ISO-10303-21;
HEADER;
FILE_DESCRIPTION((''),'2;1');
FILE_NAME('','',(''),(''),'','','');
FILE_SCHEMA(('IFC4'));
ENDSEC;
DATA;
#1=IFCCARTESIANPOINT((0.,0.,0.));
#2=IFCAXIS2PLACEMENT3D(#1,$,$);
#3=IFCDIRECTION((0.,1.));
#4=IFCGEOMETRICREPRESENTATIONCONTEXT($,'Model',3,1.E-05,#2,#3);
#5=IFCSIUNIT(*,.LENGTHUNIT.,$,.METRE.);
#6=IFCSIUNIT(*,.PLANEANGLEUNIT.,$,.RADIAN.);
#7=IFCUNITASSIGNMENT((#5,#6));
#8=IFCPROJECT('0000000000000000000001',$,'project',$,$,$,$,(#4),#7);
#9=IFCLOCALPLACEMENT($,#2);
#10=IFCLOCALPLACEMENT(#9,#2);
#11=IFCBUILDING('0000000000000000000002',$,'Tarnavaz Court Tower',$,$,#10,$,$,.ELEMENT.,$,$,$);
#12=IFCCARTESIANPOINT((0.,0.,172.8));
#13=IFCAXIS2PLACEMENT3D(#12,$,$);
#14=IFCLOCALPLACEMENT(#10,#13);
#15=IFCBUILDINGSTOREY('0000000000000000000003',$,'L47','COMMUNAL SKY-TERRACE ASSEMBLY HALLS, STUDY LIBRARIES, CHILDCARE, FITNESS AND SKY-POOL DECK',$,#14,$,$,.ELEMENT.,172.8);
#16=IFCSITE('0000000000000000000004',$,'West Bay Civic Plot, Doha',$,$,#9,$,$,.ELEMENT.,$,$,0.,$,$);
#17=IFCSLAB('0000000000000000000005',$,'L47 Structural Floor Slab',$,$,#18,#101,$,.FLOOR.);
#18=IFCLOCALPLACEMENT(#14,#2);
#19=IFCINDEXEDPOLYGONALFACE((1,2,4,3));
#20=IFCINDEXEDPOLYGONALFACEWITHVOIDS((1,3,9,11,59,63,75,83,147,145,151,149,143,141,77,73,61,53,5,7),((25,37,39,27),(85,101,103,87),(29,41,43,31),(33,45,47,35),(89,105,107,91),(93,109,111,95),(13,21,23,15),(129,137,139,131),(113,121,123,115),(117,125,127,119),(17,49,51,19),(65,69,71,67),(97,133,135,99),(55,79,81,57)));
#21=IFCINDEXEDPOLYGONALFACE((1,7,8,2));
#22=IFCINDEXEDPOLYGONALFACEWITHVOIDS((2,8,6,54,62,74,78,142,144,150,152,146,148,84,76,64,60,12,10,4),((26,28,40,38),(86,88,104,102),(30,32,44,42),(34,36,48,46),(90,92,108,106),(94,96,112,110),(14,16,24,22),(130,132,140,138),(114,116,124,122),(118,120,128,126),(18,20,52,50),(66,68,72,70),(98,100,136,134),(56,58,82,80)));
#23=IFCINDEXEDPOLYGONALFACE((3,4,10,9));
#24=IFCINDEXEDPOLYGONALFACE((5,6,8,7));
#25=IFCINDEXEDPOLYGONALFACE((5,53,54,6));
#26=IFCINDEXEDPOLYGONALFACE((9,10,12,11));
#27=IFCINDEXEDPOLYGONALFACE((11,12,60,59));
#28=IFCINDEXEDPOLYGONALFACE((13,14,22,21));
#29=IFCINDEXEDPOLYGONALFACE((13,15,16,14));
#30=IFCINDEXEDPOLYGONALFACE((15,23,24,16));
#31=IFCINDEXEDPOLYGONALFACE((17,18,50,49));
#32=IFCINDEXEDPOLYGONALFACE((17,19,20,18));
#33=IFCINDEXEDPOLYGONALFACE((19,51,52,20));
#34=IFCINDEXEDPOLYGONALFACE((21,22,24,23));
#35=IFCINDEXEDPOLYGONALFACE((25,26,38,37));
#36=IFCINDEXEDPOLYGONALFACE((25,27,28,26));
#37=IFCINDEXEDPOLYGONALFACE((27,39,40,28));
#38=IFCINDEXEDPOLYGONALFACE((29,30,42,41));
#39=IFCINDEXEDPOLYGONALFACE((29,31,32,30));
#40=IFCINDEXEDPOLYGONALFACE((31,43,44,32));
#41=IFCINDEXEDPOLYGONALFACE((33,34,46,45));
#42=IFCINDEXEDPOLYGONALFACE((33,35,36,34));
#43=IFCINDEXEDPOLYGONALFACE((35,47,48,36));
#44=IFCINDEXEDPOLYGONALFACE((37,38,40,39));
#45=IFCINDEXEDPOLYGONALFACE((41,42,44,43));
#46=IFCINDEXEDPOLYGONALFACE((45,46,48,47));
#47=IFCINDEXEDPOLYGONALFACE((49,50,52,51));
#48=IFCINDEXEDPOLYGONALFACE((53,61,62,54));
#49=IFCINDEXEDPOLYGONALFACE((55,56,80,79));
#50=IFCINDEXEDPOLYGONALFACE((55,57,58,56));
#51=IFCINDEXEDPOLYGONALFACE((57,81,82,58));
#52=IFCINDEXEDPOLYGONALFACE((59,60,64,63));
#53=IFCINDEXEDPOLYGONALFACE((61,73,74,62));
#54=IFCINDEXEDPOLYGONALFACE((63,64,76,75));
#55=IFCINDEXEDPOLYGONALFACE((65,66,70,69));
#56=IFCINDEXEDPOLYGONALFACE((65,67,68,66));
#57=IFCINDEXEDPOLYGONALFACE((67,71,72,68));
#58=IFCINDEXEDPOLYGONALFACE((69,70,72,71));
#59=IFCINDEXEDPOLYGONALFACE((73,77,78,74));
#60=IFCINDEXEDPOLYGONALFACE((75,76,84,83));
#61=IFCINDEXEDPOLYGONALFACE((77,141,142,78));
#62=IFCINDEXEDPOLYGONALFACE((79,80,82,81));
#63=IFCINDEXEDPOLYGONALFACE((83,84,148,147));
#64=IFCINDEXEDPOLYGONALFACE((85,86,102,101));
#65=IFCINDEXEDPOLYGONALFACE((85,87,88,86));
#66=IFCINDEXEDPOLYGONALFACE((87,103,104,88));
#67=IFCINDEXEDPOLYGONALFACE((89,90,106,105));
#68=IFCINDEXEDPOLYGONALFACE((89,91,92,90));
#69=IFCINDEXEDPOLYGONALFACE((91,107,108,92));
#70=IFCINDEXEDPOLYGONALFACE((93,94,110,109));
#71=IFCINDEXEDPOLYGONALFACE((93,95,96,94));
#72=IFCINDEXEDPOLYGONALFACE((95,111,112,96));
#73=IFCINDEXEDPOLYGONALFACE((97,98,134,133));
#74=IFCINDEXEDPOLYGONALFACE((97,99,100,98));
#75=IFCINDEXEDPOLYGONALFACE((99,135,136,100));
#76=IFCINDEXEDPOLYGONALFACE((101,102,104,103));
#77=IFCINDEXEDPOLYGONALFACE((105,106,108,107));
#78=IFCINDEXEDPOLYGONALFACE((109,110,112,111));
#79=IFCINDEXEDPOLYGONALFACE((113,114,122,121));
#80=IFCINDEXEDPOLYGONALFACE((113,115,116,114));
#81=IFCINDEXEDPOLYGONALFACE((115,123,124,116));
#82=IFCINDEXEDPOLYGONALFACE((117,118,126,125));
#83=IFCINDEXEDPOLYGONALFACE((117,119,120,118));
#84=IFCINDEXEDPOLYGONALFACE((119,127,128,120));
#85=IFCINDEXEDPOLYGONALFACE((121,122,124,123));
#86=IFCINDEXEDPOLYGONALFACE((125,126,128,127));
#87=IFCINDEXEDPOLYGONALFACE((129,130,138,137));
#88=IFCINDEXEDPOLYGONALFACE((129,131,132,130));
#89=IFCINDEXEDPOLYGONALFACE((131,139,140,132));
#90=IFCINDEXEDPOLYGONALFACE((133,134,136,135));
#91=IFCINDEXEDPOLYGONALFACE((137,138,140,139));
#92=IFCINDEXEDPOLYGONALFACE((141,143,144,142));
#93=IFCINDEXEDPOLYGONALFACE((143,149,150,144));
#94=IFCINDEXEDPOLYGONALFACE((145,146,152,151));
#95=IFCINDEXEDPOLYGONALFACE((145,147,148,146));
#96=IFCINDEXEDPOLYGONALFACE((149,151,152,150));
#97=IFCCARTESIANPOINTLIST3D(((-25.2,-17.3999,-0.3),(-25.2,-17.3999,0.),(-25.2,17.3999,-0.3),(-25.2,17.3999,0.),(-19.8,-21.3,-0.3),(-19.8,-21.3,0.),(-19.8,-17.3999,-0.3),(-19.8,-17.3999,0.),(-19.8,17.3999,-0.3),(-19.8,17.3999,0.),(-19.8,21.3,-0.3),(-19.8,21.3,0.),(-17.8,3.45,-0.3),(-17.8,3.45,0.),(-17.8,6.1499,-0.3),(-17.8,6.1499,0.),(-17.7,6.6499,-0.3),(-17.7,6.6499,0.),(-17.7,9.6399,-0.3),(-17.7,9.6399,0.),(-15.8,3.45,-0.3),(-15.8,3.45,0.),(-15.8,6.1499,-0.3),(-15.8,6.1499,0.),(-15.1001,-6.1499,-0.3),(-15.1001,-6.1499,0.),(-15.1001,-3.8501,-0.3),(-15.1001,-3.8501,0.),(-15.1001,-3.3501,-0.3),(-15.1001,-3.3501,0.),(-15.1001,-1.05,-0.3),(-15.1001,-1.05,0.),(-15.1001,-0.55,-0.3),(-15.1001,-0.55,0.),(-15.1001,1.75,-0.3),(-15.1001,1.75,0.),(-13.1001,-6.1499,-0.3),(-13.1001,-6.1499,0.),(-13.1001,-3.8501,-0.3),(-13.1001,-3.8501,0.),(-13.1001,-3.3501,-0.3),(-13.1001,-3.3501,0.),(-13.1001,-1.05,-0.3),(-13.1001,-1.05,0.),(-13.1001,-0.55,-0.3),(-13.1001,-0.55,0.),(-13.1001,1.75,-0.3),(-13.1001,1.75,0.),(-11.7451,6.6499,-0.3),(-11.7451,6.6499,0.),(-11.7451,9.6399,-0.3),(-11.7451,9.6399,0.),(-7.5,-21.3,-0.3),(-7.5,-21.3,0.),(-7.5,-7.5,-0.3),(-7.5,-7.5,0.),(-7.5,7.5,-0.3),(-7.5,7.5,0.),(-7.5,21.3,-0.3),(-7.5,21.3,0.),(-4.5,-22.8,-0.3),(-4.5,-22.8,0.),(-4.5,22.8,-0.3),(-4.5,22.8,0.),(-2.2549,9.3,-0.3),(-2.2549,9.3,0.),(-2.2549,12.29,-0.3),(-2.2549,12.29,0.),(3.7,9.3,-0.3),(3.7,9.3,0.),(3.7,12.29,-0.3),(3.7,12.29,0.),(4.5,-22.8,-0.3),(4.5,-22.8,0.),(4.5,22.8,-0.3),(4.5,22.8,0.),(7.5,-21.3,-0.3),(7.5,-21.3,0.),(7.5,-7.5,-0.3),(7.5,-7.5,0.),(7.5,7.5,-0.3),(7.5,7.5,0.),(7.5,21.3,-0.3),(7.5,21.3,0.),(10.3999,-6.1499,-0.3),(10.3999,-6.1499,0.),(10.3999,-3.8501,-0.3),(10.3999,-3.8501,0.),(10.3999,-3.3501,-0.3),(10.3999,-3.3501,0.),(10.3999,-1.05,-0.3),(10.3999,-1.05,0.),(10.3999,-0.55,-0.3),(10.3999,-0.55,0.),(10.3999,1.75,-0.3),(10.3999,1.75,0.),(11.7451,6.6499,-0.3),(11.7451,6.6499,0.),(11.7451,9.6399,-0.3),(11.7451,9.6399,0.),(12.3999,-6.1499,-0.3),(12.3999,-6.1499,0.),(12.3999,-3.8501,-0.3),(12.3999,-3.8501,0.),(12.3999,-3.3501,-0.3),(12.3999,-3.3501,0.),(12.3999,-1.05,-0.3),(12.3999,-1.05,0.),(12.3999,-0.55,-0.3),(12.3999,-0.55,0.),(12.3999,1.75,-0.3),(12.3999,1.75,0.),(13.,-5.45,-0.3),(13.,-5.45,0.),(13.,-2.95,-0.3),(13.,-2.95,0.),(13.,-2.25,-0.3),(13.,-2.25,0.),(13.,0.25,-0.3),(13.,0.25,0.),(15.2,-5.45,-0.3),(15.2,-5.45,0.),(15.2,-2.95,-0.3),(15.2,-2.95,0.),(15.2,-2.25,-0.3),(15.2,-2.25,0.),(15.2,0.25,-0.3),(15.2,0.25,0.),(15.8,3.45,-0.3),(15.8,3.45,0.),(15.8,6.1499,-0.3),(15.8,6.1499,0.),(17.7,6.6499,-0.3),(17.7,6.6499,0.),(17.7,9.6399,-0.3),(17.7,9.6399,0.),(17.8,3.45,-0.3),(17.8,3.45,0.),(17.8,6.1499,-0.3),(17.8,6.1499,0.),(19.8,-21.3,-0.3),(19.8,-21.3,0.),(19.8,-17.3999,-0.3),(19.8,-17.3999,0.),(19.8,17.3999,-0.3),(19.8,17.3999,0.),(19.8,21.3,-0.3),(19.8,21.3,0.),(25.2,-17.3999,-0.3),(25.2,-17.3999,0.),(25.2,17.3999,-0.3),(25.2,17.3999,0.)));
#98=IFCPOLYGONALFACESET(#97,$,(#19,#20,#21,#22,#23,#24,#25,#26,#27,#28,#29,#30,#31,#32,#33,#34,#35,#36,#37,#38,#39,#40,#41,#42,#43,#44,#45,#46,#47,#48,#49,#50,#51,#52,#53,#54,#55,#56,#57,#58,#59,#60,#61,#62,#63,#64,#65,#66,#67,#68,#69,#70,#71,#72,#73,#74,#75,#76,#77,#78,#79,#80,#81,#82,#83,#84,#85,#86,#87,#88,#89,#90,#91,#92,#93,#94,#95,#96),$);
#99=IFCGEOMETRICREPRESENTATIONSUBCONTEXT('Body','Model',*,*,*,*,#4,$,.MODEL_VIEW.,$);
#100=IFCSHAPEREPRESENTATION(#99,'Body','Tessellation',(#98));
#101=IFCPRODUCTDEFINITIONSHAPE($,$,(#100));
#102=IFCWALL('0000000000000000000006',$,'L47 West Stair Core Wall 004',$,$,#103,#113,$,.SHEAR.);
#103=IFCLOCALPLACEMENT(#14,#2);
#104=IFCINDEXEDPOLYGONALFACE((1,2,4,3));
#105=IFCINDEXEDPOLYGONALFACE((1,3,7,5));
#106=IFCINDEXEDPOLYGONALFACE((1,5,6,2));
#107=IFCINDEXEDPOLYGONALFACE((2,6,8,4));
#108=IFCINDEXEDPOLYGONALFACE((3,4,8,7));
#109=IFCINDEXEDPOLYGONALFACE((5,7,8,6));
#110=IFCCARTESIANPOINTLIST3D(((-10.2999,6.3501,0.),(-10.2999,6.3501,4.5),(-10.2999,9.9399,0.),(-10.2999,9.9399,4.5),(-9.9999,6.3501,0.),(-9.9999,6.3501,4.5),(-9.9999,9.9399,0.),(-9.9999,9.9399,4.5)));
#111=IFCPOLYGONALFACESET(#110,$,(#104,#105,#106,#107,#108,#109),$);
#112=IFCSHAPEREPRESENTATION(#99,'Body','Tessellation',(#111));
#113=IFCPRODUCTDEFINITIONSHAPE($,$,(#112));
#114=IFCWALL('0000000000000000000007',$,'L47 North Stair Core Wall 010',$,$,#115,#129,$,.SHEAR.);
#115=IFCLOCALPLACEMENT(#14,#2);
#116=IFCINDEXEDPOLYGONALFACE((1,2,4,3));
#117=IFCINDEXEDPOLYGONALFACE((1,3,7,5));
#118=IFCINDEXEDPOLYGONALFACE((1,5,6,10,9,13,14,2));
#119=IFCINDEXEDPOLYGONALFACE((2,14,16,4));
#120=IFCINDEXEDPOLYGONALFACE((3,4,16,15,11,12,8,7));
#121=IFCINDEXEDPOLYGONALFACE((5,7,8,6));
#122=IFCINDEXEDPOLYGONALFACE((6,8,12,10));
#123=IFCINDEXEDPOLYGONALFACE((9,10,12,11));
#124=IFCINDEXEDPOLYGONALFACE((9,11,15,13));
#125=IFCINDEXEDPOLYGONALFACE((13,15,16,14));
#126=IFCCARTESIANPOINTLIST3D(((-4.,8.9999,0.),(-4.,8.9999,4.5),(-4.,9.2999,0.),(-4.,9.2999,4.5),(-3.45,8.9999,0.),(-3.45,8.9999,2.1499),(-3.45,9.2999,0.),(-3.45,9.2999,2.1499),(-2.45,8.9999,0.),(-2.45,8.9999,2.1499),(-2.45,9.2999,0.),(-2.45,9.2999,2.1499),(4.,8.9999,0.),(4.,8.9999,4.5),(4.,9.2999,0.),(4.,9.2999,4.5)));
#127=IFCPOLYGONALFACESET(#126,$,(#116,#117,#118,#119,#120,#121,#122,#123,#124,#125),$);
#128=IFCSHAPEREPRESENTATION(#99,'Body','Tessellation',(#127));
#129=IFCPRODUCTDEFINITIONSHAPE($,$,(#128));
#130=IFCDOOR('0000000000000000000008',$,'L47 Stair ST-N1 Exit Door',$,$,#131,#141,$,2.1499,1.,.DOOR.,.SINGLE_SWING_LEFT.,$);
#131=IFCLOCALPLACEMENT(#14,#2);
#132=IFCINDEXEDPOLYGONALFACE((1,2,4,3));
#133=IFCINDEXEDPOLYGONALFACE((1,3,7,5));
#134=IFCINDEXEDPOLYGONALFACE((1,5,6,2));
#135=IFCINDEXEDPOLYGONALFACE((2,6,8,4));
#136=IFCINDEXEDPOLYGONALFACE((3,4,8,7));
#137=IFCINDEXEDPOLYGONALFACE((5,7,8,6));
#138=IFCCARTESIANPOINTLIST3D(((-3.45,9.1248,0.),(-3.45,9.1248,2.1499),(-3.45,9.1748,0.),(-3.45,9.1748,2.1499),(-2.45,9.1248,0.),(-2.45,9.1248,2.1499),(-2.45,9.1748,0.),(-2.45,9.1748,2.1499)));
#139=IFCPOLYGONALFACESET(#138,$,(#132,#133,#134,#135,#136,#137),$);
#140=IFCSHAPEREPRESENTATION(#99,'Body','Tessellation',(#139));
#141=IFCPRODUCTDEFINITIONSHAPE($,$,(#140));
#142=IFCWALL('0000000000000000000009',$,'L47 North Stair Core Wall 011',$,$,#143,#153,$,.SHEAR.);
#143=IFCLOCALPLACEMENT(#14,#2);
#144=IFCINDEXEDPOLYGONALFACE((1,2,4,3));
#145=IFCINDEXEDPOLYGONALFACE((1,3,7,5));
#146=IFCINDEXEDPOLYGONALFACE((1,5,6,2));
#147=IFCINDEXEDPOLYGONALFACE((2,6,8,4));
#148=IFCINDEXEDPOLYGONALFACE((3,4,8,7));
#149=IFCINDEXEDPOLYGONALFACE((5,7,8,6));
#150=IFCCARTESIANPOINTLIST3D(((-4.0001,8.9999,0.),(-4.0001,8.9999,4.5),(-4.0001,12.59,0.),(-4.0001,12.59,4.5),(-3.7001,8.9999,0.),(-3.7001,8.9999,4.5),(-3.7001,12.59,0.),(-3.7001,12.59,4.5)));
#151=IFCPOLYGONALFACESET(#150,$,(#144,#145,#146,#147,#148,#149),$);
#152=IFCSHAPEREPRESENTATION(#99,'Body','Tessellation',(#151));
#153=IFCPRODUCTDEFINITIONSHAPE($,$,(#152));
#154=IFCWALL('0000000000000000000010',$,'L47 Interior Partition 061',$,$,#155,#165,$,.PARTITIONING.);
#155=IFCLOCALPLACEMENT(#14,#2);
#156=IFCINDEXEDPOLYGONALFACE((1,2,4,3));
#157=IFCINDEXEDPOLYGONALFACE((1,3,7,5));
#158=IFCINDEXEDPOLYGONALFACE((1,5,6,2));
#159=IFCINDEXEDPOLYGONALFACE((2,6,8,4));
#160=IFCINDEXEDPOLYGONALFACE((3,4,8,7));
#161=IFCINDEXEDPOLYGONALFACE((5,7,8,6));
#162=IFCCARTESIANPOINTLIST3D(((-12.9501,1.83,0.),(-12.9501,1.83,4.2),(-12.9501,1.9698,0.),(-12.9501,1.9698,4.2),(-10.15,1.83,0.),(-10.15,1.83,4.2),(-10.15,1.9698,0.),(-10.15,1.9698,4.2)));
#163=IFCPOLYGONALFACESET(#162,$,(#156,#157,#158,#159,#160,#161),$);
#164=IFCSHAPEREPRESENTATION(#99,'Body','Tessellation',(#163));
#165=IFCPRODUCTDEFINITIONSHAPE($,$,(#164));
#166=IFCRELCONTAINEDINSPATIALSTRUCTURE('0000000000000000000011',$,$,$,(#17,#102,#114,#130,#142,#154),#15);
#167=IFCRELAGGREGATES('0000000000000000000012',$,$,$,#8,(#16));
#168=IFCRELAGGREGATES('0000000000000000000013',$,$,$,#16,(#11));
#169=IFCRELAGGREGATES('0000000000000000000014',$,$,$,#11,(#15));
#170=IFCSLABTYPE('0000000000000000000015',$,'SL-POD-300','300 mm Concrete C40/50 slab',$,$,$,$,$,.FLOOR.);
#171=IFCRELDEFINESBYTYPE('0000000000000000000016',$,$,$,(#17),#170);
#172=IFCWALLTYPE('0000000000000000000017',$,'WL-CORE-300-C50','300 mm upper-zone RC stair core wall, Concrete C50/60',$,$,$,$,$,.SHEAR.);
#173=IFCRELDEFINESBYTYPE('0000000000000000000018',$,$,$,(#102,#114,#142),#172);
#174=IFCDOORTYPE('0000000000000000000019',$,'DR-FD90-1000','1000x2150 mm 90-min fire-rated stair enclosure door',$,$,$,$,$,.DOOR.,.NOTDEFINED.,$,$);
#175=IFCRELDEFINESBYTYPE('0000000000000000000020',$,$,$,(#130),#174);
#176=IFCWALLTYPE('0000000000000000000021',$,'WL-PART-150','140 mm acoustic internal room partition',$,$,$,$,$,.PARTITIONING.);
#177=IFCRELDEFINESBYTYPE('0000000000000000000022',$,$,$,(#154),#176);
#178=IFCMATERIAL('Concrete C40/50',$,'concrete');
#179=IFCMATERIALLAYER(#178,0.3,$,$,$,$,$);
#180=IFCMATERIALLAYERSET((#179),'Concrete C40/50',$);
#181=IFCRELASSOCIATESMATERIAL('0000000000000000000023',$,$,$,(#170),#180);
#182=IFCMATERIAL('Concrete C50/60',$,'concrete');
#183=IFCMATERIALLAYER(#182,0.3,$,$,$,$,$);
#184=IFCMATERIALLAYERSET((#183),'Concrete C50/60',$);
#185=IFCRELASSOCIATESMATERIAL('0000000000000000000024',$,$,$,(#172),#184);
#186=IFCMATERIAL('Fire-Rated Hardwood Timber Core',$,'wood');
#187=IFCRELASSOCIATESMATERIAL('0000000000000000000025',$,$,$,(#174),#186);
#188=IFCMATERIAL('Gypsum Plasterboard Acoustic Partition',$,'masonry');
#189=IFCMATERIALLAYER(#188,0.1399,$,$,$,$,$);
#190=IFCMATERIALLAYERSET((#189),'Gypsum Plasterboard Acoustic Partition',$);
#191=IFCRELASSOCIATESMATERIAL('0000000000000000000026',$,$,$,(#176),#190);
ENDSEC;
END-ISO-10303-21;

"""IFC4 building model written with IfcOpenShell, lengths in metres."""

from ifc_helpers import new_model, si_unit, direction, frame, frame_2d, origin, place, context, subcontext, project, spatial, polyline, rectangle, outline, extrude, material, layer, layer_set, type_object, element, fill, save


model = new_model("IFC4")

# Units and contexts
model_context = context("Model", 3, precision=1e-05, world=origin(), true_north=direction((0.0, 1.0)))
body_context = subcontext(model_context, "Body", "Model", "MODEL_VIEW")
ifc_project = project(units=[si_unit("LENGTHUNIT", "METRE"), si_unit("PLANEANGLEUNIT", "RADIAN")], contexts=[model_context])

# Site, building, storey
site_placement = place(None, origin())
site = spatial("IfcSite", under=ifc_project, at=site_placement, Name="West Bay Civic Plot, Doha", CompositionType="ELEMENT", RefElevation=0.0)
building_placement = place(site_placement, origin())
building = spatial("IfcBuilding", under=site, at=building_placement, Name="Tarnavaz Court Tower", CompositionType="ELEMENT")
storey_placement = place(building_placement, frame((0.0, 0.0, 172.8)))
storey = spatial("IfcBuildingStorey", under=building, at=storey_placement, Name="L47", Description="COMMUNAL SKY-TERRACE ASSEMBLY HALLS, STUDY LIBRARIES, CHILDCARE, FITNESS AND SKY-POOL DECK", CompositionType="ELEMENT", Elevation=172.8)

# Slab
ifc_material_1 = material(Name="Concrete C40/50", Category="concrete")
ifc_layer_1 = layer(ifc_material_1, 0.3)
ifc_layer_set_1 = layer_set([ifc_layer_1], Name="Concrete C40/50")
slab_type = type_object("IfcSlabType", Name="SL-POD-300", Description="300 mm Concrete C40/50 slab", PredefinedType="FLOOR", material=ifc_layer_set_1)
slab_placement = place(storey_placement, frame((0.0, 0.0, -0.3)))
element("IfcSlab", 1, at=slab_placement, inside=storey, type_object=slab_type, Name="L47 Structural Floor Slab", PredefinedType="FLOOR", context=body_context, shape_type="SweptSolid", body=[
    extrude(outline(polyline([(-19.8, -21.3), (-7.5, -21.3), (-4.5, -22.8), (4.5, -22.8), (7.5, -21.3), (19.8, -21.3), (19.8, -17.3999), (25.2, -17.3999), (25.2, 17.3999), (19.8, 17.3999), (19.8, 21.3), (7.5, 21.3), (4.5, 22.8), (-4.5, 22.8), (-7.5, 21.3), (-19.8, 21.3), (-19.8, 17.3999), (-25.2, 17.3999), (-25.2, -17.3999), (-19.8, -17.3999), (-19.8, -21.3)]), holes=[polyline([(-7.5, -7.5), (7.5, -7.5), (7.5, 7.5), (-7.5, 7.5), (-7.5, -7.5)]), polyline([(-11.7451, 9.6399), (-17.7, 9.6399), (-17.7, 6.6499), (-11.7451, 6.6499), (-11.7451, 9.6399)]), polyline([(11.7451, 6.6499), (17.7, 6.6499), (17.7, 9.6399), (11.7451, 9.6399), (11.7451, 6.6499)]), polyline([(-2.2549, 9.3), (3.7, 9.3), (3.7, 12.29), (-2.2549, 12.29), (-2.2549, 9.3)]), polyline([(-17.8, 3.45), (-15.8, 3.45), (-15.8, 6.1499), (-17.8, 6.1499), (-17.8, 3.45)]), polyline([(-15.1001, -6.1499), (-13.1001, -6.1499), (-13.1001, -3.8501), (-15.1001, -3.8501), (-15.1001, -6.1499)]), polyline([(-15.1001, -3.3501), (-13.1001, -3.3501), (-13.1001, -1.05), (-15.1001, -1.05), (-15.1001, -3.3501)]), polyline([(-15.1001, -0.55), (-13.1001, -0.55), (-13.1001, 1.75), (-15.1001, 1.75), (-15.1001, -0.55)]), polyline([(15.8, 3.45), (17.8, 3.45), (17.8, 6.1499), (15.8, 6.1499), (15.8, 3.45)]), polyline([(10.3999, -6.1499), (12.3999, -6.1499), (12.3999, -3.8501), (10.3999, -3.8501), (10.3999, -6.1499)]), polyline([(10.3999, -3.3501), (12.3999, -3.3501), (12.3999, -1.05), (10.3999, -1.05), (10.3999, -3.3501)]), polyline([(10.3999, -0.55), (12.3999, -0.55), (12.3999, 1.75), (10.3999, 1.75), (10.3999, -0.55)]), polyline([(13.0, -5.45), (15.2, -5.45), (15.2, -2.95), (13.0, -2.95), (13.0, -5.45)]), polyline([(13.0, -2.25), (15.2, -2.25), (15.2, 0.25), (13.0, 0.25), (13.0, -2.25)])]), origin(), (0.0, 0.0, 1.0), 0.3),
])

# Wall
ifc_material_2 = material(Name="Concrete C50/60", Category="concrete")
ifc_layer_2 = layer(ifc_material_2, 0.3)
ifc_layer_set_2 = layer_set([ifc_layer_2], Name="Concrete C50/60")
wall_type_1 = type_object("IfcWallType", Name="WL-CORE-300-C50", Description="300 mm upper-zone RC stair core wall, Concrete C50/60", PredefinedType="SHEAR", material=ifc_layer_set_2)
wall_1_placement = place(storey_placement, frame((-10.1499, 6.3501, 0.0), z_axis=(0.0, 0.0, 1.0), x_axis=(0.0, 1.0, 0.0)))
element("IfcWall", 2, at=wall_1_placement, inside=storey, type_object=wall_type_1, Name="L47 West Stair Core Wall 004", PredefinedType="SHEAR", context=body_context, shape_type="SweptSolid", body=[
    extrude(rectangle(XDim=3.5898, YDim=0.3, at=frame_2d((1.7949, 0.0))), origin(), (0.0, 0.0, 1.0), 4.5),
])

# Wall, opening, door
wall_2_placement = place(storey_placement, frame((-4.0, 9.1499, 0.0), z_axis=(0.0, 0.0, 1.0), x_axis=(1.0, 0.0, 0.0)))
wall_2 = element("IfcWall", 3, at=wall_2_placement, inside=storey, type_object=wall_type_1, Name="L47 North Stair Core Wall 010", PredefinedType="SHEAR", context=body_context, shape_type="SweptSolid", body=[
    extrude(rectangle(XDim=8.0, YDim=0.3, at=frame_2d((4.0, 0.0))), origin(), (0.0, 0.0, 1.0), 4.5),
])
opening_1_placement = place(wall_2_placement, frame((0.55, 0.0, 0.0)))
opening_1 = element("IfcOpeningElement", 4, at=opening_1_placement, cuts=wall_2, PredefinedType="OPENING", context=body_context, shape_type="SweptSolid", body=[
    extrude(rectangle(XDim=1.0, YDim=2.1499, at=frame_2d((0.5, 1.075))), frame((0.0, 0.1599, 0.0), z_axis=(0.0, -1.0, 0.0), x_axis=(1.0, 0.0, 0.0)), (0.0, 0.0, 1.0), 0.3201),
])
ifc_material_3 = material(Name="Fire-Rated Hardwood Timber Core", Category="wood")
door_type_1 = type_object("IfcDoorType", Name="DR-FD90-1000", Description="1000x2150 mm 90-min fire-rated stair enclosure door", OperationType="NOTDEFINED", PredefinedType="DOOR", material=ifc_material_3)
door_1_placement = place(opening_1_placement, origin())
door_1 = element("IfcDoor", 5, at=door_1_placement, inside=storey, type_object=door_type_1, Name="L47 Stair ST-N1 Exit Door", OperationType="SINGLE_SWING_LEFT", OverallHeight=2.1499, OverallWidth=1.0, PredefinedType="DOOR", context=body_context, shape_type="SweptSolid", body=[
    extrude(rectangle(XDim=1.0, YDim=2.1499, at=frame_2d((0.5, 1.075))), frame((0.0, 0.0249, 0.0), z_axis=(0.0, -1.0, 0.0), x_axis=(1.0, 0.0, 0.0)), (0.0, 0.0, 1.0), 0.05),
])
fill(opening_1, door_1)

# Wall
wall_3_placement = place(storey_placement, frame((-3.8501, 9.0, 0.0), z_axis=(0.0, 0.0, 1.0), x_axis=(0.0, 1.0, 0.0)))
element("IfcWall", 6, at=wall_3_placement, inside=storey, type_object=wall_type_1, Name="L47 North Stair Core Wall 011", PredefinedType="SHEAR", context=body_context, shape_type="SweptSolid", body=[
    extrude(rectangle(XDim=3.5901, YDim=0.3, at=frame_2d((1.7949, 0.0))), origin(), (0.0, 0.0, 1.0), 4.5),
])

# Wall
ifc_material_4 = material(Name="Gypsum Plasterboard Acoustic Partition", Category="masonry")
ifc_layer_3 = layer(ifc_material_4, 0.1399)
ifc_layer_set_3 = layer_set([ifc_layer_3], Name="Gypsum Plasterboard Acoustic Partition")
wall_type_2 = type_object("IfcWallType", Name="WL-PART-150", Description="140 mm acoustic internal room partition", PredefinedType="PARTITIONING", material=ifc_layer_set_3)
wall_4_placement = place(storey_placement, frame((-12.95, 1.8999, 0.0), z_axis=(0.0, 0.0, 1.0), x_axis=(1.0, 0.0, 0.0)))
element("IfcWall", 7, at=wall_4_placement, inside=storey, type_object=wall_type_2, Name="L47 Interior Partition 061", PredefinedType="PARTITIONING", context=body_context, shape_type="SweptSolid", body=[
    extrude(rectangle(XDim=2.8, YDim=0.1399, at=frame_2d((1.3999, 0.0))), origin(), (0.0, 0.0, 1.0), 4.2),
])

save(model, "model.ifc")
